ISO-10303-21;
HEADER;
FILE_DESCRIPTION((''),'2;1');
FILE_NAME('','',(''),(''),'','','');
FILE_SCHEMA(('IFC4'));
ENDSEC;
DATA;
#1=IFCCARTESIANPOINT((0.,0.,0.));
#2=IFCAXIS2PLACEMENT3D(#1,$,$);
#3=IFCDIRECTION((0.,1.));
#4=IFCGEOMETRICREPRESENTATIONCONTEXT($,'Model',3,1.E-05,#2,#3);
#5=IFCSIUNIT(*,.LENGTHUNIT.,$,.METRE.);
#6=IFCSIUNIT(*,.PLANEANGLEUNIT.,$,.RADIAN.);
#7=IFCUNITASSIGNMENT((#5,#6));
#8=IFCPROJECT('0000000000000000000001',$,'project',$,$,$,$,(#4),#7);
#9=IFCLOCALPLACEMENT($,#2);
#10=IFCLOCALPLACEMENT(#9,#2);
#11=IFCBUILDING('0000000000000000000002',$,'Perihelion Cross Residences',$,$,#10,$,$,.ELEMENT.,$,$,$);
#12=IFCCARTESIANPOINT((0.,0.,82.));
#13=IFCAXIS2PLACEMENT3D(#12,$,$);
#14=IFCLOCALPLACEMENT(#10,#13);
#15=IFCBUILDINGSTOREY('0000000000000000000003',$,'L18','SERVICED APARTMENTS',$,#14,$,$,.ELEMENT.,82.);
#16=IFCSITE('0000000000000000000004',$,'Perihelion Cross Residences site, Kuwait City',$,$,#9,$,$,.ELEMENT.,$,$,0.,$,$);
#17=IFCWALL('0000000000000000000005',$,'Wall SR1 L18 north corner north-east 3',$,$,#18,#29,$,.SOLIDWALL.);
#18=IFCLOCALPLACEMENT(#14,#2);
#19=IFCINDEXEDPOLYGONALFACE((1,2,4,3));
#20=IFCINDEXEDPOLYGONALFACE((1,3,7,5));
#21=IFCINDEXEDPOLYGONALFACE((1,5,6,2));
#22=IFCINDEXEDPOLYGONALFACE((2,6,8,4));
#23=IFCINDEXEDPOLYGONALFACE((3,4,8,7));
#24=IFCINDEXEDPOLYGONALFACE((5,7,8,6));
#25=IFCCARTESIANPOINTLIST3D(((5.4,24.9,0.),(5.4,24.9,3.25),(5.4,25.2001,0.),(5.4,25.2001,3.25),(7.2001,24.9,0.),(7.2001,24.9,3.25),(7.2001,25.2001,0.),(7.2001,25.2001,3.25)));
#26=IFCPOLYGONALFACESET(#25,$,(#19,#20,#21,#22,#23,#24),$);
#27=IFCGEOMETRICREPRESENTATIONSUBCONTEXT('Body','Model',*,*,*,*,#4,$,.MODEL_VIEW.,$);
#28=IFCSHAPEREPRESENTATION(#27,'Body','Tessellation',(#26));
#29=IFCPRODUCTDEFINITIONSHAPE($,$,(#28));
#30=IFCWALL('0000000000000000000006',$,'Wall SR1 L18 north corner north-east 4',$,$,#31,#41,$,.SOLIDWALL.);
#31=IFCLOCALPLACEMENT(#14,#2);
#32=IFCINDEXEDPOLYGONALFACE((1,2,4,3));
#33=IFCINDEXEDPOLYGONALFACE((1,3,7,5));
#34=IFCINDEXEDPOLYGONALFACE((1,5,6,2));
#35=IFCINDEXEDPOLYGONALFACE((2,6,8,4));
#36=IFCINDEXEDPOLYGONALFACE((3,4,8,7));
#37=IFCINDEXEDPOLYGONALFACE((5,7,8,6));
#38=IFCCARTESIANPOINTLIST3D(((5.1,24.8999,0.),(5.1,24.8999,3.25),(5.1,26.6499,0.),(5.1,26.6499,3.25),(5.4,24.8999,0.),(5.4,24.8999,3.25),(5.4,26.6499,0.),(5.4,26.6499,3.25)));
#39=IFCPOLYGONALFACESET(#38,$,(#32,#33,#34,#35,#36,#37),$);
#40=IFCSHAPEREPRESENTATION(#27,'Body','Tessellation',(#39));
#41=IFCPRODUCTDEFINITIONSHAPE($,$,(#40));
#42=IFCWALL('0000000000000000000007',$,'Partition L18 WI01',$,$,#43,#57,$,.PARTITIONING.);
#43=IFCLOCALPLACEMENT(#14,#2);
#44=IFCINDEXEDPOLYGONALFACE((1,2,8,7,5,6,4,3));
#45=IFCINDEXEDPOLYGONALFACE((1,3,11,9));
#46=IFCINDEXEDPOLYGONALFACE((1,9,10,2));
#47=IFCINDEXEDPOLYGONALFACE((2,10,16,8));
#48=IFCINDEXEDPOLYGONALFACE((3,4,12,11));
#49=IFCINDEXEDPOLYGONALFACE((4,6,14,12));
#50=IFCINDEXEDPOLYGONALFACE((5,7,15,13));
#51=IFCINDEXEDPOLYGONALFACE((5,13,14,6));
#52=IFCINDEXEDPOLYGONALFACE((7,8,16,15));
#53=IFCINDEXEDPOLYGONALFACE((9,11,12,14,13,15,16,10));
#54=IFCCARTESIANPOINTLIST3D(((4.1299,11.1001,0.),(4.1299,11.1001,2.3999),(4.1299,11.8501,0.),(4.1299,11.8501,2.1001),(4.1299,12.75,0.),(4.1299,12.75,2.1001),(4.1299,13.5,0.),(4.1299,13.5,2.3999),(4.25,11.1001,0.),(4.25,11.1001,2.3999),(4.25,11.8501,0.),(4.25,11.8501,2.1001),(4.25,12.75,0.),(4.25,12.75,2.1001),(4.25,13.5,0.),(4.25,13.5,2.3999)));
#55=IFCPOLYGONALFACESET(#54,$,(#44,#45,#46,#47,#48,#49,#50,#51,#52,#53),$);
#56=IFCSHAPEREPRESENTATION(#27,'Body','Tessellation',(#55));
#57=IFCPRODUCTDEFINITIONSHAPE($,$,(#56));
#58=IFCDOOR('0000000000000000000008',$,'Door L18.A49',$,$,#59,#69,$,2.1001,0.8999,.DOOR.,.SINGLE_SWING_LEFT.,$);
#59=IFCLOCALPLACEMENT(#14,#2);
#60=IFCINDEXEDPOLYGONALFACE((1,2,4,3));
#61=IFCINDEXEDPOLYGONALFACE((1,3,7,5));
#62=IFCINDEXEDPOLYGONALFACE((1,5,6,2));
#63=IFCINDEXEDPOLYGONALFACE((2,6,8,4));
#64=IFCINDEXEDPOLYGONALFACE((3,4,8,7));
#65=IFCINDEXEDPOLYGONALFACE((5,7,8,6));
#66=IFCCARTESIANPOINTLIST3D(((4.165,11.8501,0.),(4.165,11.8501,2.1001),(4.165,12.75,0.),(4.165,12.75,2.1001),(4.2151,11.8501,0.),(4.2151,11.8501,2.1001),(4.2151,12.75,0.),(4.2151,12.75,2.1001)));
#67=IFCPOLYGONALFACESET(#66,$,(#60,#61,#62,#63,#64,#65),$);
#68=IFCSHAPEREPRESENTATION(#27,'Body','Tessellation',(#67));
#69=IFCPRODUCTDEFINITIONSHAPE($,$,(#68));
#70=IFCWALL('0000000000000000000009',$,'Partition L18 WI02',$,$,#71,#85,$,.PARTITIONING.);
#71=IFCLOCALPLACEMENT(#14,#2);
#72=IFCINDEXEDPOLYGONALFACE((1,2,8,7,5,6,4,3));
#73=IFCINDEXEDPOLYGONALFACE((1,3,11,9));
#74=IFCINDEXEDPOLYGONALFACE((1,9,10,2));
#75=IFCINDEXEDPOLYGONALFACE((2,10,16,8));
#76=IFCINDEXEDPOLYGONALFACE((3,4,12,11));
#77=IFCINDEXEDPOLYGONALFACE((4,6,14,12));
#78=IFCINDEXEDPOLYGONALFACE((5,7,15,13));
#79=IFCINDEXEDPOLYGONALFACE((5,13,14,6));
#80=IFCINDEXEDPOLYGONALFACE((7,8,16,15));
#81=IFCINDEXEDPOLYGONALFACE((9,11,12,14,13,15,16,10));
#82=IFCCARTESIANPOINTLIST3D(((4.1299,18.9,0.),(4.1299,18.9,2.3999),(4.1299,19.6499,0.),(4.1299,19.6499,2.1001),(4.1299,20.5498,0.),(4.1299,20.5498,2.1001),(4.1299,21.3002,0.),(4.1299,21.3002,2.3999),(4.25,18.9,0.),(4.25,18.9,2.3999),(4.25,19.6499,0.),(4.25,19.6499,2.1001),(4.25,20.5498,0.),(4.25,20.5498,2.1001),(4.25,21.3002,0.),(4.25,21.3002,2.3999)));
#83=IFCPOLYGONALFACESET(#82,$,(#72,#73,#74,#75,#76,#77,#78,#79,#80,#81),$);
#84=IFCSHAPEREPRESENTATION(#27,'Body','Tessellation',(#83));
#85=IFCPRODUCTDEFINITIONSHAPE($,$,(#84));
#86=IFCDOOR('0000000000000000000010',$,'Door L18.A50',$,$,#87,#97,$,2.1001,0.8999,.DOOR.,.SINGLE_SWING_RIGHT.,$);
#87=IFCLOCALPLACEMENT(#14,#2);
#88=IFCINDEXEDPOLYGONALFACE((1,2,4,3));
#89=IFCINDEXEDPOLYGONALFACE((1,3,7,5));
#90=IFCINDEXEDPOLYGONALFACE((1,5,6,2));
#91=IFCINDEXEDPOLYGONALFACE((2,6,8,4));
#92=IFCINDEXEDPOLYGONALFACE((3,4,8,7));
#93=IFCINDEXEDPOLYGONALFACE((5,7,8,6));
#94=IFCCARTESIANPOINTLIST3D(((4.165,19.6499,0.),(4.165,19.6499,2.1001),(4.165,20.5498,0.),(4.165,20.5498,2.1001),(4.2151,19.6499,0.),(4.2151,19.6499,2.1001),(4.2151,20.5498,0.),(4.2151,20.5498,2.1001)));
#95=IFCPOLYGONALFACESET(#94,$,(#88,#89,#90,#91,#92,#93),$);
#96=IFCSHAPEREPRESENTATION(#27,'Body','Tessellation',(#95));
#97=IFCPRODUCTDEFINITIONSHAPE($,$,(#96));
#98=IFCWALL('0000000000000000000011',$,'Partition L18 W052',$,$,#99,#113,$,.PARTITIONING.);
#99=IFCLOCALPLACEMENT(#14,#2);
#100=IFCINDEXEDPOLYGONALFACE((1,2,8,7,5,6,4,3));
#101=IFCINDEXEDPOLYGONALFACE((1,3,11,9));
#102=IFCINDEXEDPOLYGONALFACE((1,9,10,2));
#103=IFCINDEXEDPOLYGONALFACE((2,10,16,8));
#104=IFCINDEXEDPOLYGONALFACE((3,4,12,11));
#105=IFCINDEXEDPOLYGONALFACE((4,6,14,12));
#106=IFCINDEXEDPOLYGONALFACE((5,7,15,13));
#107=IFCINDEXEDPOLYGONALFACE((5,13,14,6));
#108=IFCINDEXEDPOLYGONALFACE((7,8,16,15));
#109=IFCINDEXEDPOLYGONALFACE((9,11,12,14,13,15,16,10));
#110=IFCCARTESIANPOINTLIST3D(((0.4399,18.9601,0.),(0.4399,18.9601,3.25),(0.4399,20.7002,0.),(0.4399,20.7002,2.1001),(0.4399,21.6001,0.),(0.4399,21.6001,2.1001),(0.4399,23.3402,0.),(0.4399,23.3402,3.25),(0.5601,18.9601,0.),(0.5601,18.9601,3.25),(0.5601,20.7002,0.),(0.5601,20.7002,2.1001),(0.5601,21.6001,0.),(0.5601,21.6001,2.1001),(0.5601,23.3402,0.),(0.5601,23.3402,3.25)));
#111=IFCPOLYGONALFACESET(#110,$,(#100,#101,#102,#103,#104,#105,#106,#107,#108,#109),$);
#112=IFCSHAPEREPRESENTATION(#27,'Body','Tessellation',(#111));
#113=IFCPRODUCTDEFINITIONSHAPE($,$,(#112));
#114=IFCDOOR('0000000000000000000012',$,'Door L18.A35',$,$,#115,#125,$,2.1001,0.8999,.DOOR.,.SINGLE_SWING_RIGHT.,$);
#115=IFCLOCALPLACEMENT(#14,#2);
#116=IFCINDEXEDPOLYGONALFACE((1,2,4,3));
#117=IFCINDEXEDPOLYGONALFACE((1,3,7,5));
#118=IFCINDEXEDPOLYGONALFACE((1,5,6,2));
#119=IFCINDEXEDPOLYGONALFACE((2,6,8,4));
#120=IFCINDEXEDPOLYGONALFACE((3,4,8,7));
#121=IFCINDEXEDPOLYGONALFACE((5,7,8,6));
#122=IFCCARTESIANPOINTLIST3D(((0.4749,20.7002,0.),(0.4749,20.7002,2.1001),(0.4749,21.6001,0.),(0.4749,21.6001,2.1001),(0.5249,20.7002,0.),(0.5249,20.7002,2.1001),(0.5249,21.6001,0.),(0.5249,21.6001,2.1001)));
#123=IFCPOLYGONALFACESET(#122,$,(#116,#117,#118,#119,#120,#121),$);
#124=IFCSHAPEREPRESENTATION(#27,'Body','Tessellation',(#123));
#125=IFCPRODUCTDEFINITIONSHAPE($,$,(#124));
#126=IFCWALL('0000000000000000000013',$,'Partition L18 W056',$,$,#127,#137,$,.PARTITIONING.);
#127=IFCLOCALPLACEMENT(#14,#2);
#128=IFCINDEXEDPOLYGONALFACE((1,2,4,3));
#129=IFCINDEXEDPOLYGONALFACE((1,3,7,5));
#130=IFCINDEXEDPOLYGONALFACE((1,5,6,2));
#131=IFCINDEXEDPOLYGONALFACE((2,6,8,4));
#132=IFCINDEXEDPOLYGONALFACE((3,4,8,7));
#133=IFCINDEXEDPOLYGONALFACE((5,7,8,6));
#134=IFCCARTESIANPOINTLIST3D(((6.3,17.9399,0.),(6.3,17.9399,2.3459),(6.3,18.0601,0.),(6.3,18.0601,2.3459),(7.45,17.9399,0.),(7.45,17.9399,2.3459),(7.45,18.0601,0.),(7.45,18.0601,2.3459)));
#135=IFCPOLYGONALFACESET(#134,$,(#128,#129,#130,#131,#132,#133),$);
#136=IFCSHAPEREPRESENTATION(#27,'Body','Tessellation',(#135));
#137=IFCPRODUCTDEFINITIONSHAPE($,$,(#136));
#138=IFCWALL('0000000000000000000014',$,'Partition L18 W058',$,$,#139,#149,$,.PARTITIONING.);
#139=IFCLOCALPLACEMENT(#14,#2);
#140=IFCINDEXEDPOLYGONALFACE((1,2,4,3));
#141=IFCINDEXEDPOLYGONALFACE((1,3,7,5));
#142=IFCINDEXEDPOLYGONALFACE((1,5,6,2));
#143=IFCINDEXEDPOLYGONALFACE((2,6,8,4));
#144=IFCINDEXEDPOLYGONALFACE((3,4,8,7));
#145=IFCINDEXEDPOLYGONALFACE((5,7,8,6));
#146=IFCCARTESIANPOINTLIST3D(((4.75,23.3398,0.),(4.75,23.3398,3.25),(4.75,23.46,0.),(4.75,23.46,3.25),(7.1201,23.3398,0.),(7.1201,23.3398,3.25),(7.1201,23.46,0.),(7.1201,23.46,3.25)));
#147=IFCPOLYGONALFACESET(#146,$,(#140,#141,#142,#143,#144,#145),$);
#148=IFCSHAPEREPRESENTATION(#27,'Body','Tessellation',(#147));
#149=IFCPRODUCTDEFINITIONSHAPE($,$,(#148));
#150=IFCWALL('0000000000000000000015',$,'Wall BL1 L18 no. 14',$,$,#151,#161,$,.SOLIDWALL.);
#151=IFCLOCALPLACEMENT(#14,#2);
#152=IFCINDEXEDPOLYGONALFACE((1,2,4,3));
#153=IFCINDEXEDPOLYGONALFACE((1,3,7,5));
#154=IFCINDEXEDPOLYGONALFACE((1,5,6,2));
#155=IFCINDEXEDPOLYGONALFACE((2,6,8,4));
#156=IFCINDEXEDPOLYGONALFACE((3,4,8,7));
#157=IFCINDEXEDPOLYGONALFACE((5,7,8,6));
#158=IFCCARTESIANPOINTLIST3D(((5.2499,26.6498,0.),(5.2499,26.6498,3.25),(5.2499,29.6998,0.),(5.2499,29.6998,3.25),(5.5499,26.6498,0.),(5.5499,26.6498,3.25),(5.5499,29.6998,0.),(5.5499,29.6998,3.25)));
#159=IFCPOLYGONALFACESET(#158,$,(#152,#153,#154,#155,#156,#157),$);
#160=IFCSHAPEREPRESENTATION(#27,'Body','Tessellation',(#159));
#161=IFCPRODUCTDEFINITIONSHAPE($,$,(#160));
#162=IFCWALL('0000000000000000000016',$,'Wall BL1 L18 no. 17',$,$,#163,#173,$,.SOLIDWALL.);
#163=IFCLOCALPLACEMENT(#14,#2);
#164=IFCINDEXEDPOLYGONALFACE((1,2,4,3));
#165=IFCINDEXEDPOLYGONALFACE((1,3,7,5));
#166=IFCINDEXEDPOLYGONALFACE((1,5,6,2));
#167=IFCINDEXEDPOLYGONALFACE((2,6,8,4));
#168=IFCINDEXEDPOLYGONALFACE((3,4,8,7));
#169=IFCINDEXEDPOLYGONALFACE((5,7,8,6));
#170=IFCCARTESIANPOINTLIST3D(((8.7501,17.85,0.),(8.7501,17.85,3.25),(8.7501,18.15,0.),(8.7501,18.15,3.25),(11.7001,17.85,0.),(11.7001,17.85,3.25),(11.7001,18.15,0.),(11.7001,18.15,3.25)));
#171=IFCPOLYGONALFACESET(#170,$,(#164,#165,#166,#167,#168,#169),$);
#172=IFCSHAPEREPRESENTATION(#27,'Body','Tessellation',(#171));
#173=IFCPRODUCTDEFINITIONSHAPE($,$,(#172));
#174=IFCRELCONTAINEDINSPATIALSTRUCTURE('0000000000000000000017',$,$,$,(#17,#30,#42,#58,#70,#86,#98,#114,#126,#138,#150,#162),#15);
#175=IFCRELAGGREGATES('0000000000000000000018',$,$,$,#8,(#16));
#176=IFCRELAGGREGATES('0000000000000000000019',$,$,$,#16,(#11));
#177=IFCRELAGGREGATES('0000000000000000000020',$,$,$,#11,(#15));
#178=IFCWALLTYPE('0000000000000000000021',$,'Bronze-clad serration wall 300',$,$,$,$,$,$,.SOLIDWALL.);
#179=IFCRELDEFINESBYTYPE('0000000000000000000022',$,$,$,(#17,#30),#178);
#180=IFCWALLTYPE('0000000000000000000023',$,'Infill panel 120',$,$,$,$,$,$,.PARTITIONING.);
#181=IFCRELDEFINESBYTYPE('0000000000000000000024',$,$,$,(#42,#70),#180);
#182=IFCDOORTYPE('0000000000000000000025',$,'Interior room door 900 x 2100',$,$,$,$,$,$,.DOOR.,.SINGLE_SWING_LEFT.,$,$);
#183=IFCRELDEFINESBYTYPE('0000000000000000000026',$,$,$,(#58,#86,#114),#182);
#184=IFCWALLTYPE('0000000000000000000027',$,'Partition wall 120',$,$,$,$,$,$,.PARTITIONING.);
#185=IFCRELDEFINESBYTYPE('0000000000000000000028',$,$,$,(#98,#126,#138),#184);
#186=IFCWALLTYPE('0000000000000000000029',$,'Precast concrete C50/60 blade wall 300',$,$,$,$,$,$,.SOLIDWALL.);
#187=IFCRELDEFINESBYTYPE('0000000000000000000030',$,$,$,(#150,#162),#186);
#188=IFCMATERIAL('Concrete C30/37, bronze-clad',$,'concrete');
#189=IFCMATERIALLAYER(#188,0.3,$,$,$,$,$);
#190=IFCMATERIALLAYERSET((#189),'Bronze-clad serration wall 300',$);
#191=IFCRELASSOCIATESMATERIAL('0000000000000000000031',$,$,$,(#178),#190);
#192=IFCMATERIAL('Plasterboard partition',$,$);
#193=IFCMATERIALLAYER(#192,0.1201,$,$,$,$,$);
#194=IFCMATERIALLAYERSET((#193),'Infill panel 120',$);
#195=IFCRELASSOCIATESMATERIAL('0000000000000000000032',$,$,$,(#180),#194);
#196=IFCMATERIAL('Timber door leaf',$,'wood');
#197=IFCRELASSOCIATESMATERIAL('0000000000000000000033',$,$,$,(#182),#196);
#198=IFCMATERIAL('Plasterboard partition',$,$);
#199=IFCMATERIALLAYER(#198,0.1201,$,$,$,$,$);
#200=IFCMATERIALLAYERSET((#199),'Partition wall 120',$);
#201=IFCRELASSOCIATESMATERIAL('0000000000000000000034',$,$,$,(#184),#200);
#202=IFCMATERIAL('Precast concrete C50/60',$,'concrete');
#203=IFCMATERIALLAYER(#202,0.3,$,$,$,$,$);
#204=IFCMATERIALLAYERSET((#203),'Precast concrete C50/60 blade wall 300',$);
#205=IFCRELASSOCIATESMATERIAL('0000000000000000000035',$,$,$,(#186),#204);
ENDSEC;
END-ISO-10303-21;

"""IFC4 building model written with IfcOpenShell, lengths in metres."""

from ifc_helpers import new_model, si_unit, direction, frame, frame_2d, origin, place, context, subcontext, project, spatial, rectangle, extrude, material, layer, layer_set, type_object, element, fill, save


model = new_model("IFC4")

# Units and contexts
model_context = context("Model", 3, precision=1e-05, world=origin(), true_north=direction((0.0, 1.0)))
body_context = subcontext(model_context, "Body", "Model", "MODEL_VIEW")
ifc_project = project(units=[si_unit("LENGTHUNIT", "METRE"), si_unit("PLANEANGLEUNIT", "RADIAN")], contexts=[model_context])

# Site, building, storey
site_placement = place(None, origin())
site = spatial("IfcSite", under=ifc_project, at=site_placement, Name="Perihelion Cross Residences site, Kuwait City", CompositionType="ELEMENT", RefElevation=0.0)
building_placement = place(site_placement, origin())
building = spatial("IfcBuilding", under=site, at=building_placement, Name="Perihelion Cross Residences", CompositionType="ELEMENT")
storey_placement = place(building_placement, frame((0.0, 0.0, 82.0)))
storey = spatial("IfcBuildingStorey", under=building, at=storey_placement, Name="L18", Description="SERVICED APARTMENTS", CompositionType="ELEMENT", Elevation=82.0)

# Walls
ifc_material_1 = material(Name="Concrete C30/37, bronze-clad", Category="concrete")
ifc_layer_1 = layer(ifc_material_1, 0.3)
ifc_layer_set_1 = layer_set([ifc_layer_1], Name="Bronze-clad serration wall 300")
wall_type_1 = type_object("IfcWallType", Name="Bronze-clad serration wall 300", PredefinedType="SOLIDWALL", material=ifc_layer_set_1)
wall_1_placement = place(storey_placement, frame((7.2, 25.05, 0.0), z_axis=(0.0, 0.0, 1.0), x_axis=(-1.0, 0.0, 0.0)))
element("IfcWall", 1, at=wall_1_placement, inside=storey, type_object=wall_type_1, Name="Wall SR1 L18 north corner north-east 3", PredefinedType="SOLIDWALL", context=body_context, shape_type="SweptSolid", body=[
    extrude(rectangle(XDim=1.8, YDim=0.3, at=frame_2d((0.8999, 0.0))), origin(), (0.0, 0.0, 1.0), 3.25),
])
wall_2_placement = place(storey_placement, frame((5.25, 24.8999, 0.0), z_axis=(0.0, 0.0, 1.0), x_axis=(0.0, 1.0, 0.0)))
element("IfcWall", 2, at=wall_2_placement, inside=storey, type_object=wall_type_1, Name="Wall SR1 L18 north corner north-east 4", PredefinedType="SOLIDWALL", context=body_context, shape_type="SweptSolid", body=[
    extrude(rectangle(XDim=1.75, YDim=0.3, at=frame_2d((0.875, 0.0))), origin(), (0.0, 0.0, 1.0), 3.25),
])

# Walls, openings, doors
ifc_material_2 = material(Name="Plasterboard partition")
ifc_layer_2 = layer(ifc_material_2, 0.1201)
ifc_layer_set_2 = layer_set([ifc_layer_2], Name="Infill panel 120")
wall_type_2 = type_object("IfcWallType", Name="Infill panel 120", PredefinedType="PARTITIONING", material=ifc_layer_set_2)
wall_3_placement = place(storey_placement, frame((4.1899, 11.1001, 0.0), z_axis=(0.0, 0.0, 1.0), x_axis=(0.0, 1.0, 0.0)))
wall_3 = element("IfcWall", 3, at=wall_3_placement, inside=storey, type_object=wall_type_2, Name="Partition L18 WI01", PredefinedType="PARTITIONING", context=body_context, shape_type="SweptSolid", body=[
    extrude(rectangle(XDim=2.3999, YDim=0.1201, at=frame_2d((1.2, 0.0))), origin(), (0.0, 0.0, 1.0), 2.3999),
])
opening_1_placement = place(wall_3_placement, frame((0.75, 0.0, 0.0)))
opening_1 = element("IfcOpeningElement", 4, at=opening_1_placement, cuts=wall_3, PredefinedType="OPENING", context=body_context, shape_type="SweptSolid", body=[
    extrude(rectangle(XDim=0.8999, YDim=2.1001, at=frame_2d((0.45, 1.05))), frame((0.0, 0.0701, 0.0), z_axis=(0.0, -1.0, 0.0), x_axis=(1.0, 0.0, 0.0)), (0.0, 0.0, 1.0), 0.1401),
])
ifc_material_3 = material(Name="Timber door leaf", Category="wood")
door_type_1 = type_object("IfcDoorType", Name="Interior room door 900 x 2100", OperationType="SINGLE_SWING_LEFT", PredefinedType="DOOR", material=ifc_material_3)
door_1_placement = place(opening_1_placement, origin())
door_1 = element("IfcDoor", 5, at=door_1_placement, inside=storey, type_object=door_type_1, Name="Door L18.A49", OperationType="SINGLE_SWING_LEFT", OverallHeight=2.1001, OverallWidth=0.8999, PredefinedType="DOOR", context=body_context, shape_type="SweptSolid", body=[
    extrude(rectangle(XDim=0.8999, YDim=2.1001, at=frame_2d((0.45, 1.05))), frame((0.0, 0.0249, 0.0), z_axis=(0.0, -1.0, 0.0), x_axis=(1.0, 0.0, 0.0)), (0.0, 0.0, 1.0), 0.05),
])
fill(opening_1, door_1)
wall_4_placement = place(storey_placement, frame((4.1899, 18.8999, 0.0), z_axis=(0.0, 0.0, 1.0), x_axis=(0.0, 1.0, 0.0)))
wall_4 = element("IfcWall", 6, at=wall_4_placement, inside=storey, type_object=wall_type_2, Name="Partition L18 WI02", PredefinedType="PARTITIONING", context=body_context, shape_type="SweptSolid", body=[
    extrude(rectangle(XDim=2.4001, YDim=0.1201, at=frame_2d((1.2002, 0.0))), origin(), (0.0, 0.0, 1.0), 2.3999),
])
opening_2_placement = place(wall_4_placement, frame((0.75, 0.0, 0.0)))
opening_2 = element("IfcOpeningElement", 7, at=opening_2_placement, cuts=wall_4, PredefinedType="OPENING", context=body_context, shape_type="SweptSolid", body=[
    extrude(rectangle(XDim=0.8999, YDim=2.1001, at=frame_2d((0.45, 1.05))), frame((0.0, 0.0701, 0.0), z_axis=(0.0, -1.0, 0.0), x_axis=(1.0, 0.0, 0.0)), (0.0, 0.0, 1.0), 0.1401),
])
door_2_placement = place(opening_2_placement, origin())
door_2 = element("IfcDoor", 8, at=door_2_placement, inside=storey, type_object=door_type_1, Name="Door L18.A50", OperationType="SINGLE_SWING_RIGHT", OverallHeight=2.1001, OverallWidth=0.8999, PredefinedType="DOOR", context=body_context, shape_type="SweptSolid", body=[
    extrude(rectangle(XDim=0.8999, YDim=2.1001, at=frame_2d((0.45, 1.05))), frame((0.0, 0.0249, 0.0), z_axis=(0.0, -1.0, 0.0), x_axis=(1.0, 0.0, 0.0)), (0.0, 0.0, 1.0), 0.05),
])
fill(opening_2, door_2)
ifc_material_4 = material(Name="Plasterboard partition")
ifc_layer_3 = layer(ifc_material_4, 0.1201)
ifc_layer_set_3 = layer_set([ifc_layer_3], Name="Partition wall 120")
wall_type_3 = type_object("IfcWallType", Name="Partition wall 120", PredefinedType="PARTITIONING", material=ifc_layer_set_3)
wall_5_placement = place(storey_placement, frame((0.5, 23.3401, 0.0), z_axis=(0.0, 0.0, 1.0), x_axis=(0.0, -1.0, 0.0)))
wall_5 = element("IfcWall", 9, at=wall_5_placement, inside=storey, type_object=wall_type_3, Name="Partition L18 W052", PredefinedType="PARTITIONING", context=body_context, shape_type="SweptSolid", body=[
    extrude(rectangle(XDim=4.3801, YDim=0.1201, at=frame_2d((2.1899, 0.0))), origin(), (0.0, 0.0, 1.0), 3.25),
])
opening_3_placement = place(wall_5_placement, frame((1.74, 0.0, 0.0)))
opening_3 = element("IfcOpeningElement", 10, at=opening_3_placement, cuts=wall_5, PredefinedType="OPENING", context=body_context, shape_type="SweptSolid", body=[
    extrude(rectangle(XDim=0.8999, YDim=2.1001, at=frame_2d((0.45, 1.05))), frame((0.0, 0.0701, 0.0), z_axis=(0.0, -1.0, 0.0), x_axis=(1.0, 0.0, 0.0)), (0.0, 0.0, 1.0), 0.1401),
])
door_3_placement = place(opening_3_placement, origin())
door_3 = element("IfcDoor", 11, at=door_3_placement, inside=storey, type_object=door_type_1, Name="Door L18.A35", OperationType="SINGLE_SWING_RIGHT", OverallHeight=2.1001, OverallWidth=0.8999, PredefinedType="DOOR", context=body_context, shape_type="SweptSolid", body=[
    extrude(rectangle(XDim=0.8999, YDim=2.1001, at=frame_2d((0.45, 1.05))), frame((0.0, 0.0249, 0.0), z_axis=(0.0, -1.0, 0.0), x_axis=(1.0, 0.0, 0.0)), (0.0, 0.0, 1.0), 0.05),
])
fill(opening_3, door_3)

# Walls
wall_6_placement = place(storey_placement, frame((6.3, 18.0, 0.0), z_axis=(0.0, 0.0, 1.0), x_axis=(1.0, 0.0, 0.0)))
element("IfcWall", 12, at=wall_6_placement, inside=storey, type_object=wall_type_3, Name="Partition L18 W056", PredefinedType="PARTITIONING", context=body_context, shape_type="SweptSolid", body=[
    extrude(rectangle(XDim=1.1499, YDim=0.1201, at=frame_2d((0.575, 0.0))), origin(), (0.0, 0.0, 1.0), 2.3459),
])
wall_7_placement = place(storey_placement, frame((4.75, 23.3999, 0.0), z_axis=(0.0, 0.0, 1.0), x_axis=(1.0, 0.0, 0.0)))
element("IfcWall", 13, at=wall_7_placement, inside=storey, type_object=wall_type_3, Name="Partition L18 W058", PredefinedType="PARTITIONING", context=body_context, shape_type="SweptSolid", body=[
    extrude(rectangle(XDim=2.3701, YDim=0.1201, at=frame_2d((1.1851, 0.0))), origin(), (0.0, 0.0, 1.0), 3.25),
])
ifc_material_5 = material(Name="Precast concrete C50/60", Category="concrete")
ifc_layer_4 = layer(ifc_material_5, 0.3)
ifc_layer_set_4 = layer_set([ifc_layer_4], Name="Precast concrete C50/60 blade wall 300")
wall_type_4 = type_object("IfcWallType", Name="Precast concrete C50/60 blade wall 300", PredefinedType="SOLIDWALL", material=ifc_layer_set_4)
wall_8_placement = place(storey_placement, frame((5.3999, 26.6499, 0.0), z_axis=(0.0, 0.0, 1.0), x_axis=(0.0, 1.0, 0.0)))
element("IfcWall", 14, at=wall_8_placement, inside=storey, type_object=wall_type_4, Name="Wall BL1 L18 no. 14", PredefinedType="SOLIDWALL", context=body_context, shape_type="SweptSolid", body=[
    extrude(rectangle(XDim=3.05, YDim=0.3, at=frame_2d((1.5249, 0.0))), origin(), (0.0, 0.0, 1.0), 3.25),
])
wall_9_placement = place(storey_placement, frame((8.75, 18.0, 0.0), z_axis=(0.0, 0.0, 1.0), x_axis=(1.0, 0.0, 0.0)))
element("IfcWall", 15, at=wall_9_placement, inside=storey, type_object=wall_type_4, Name="Wall BL1 L18 no. 17", PredefinedType="SOLIDWALL", context=body_context, shape_type="SweptSolid", body=[
    extrude(rectangle(XDim=2.95, YDim=0.3, at=frame_2d((1.4751, 0.0))), origin(), (0.0, 0.0, 1.0), 3.25),
])

save(model, "model.ifc")
